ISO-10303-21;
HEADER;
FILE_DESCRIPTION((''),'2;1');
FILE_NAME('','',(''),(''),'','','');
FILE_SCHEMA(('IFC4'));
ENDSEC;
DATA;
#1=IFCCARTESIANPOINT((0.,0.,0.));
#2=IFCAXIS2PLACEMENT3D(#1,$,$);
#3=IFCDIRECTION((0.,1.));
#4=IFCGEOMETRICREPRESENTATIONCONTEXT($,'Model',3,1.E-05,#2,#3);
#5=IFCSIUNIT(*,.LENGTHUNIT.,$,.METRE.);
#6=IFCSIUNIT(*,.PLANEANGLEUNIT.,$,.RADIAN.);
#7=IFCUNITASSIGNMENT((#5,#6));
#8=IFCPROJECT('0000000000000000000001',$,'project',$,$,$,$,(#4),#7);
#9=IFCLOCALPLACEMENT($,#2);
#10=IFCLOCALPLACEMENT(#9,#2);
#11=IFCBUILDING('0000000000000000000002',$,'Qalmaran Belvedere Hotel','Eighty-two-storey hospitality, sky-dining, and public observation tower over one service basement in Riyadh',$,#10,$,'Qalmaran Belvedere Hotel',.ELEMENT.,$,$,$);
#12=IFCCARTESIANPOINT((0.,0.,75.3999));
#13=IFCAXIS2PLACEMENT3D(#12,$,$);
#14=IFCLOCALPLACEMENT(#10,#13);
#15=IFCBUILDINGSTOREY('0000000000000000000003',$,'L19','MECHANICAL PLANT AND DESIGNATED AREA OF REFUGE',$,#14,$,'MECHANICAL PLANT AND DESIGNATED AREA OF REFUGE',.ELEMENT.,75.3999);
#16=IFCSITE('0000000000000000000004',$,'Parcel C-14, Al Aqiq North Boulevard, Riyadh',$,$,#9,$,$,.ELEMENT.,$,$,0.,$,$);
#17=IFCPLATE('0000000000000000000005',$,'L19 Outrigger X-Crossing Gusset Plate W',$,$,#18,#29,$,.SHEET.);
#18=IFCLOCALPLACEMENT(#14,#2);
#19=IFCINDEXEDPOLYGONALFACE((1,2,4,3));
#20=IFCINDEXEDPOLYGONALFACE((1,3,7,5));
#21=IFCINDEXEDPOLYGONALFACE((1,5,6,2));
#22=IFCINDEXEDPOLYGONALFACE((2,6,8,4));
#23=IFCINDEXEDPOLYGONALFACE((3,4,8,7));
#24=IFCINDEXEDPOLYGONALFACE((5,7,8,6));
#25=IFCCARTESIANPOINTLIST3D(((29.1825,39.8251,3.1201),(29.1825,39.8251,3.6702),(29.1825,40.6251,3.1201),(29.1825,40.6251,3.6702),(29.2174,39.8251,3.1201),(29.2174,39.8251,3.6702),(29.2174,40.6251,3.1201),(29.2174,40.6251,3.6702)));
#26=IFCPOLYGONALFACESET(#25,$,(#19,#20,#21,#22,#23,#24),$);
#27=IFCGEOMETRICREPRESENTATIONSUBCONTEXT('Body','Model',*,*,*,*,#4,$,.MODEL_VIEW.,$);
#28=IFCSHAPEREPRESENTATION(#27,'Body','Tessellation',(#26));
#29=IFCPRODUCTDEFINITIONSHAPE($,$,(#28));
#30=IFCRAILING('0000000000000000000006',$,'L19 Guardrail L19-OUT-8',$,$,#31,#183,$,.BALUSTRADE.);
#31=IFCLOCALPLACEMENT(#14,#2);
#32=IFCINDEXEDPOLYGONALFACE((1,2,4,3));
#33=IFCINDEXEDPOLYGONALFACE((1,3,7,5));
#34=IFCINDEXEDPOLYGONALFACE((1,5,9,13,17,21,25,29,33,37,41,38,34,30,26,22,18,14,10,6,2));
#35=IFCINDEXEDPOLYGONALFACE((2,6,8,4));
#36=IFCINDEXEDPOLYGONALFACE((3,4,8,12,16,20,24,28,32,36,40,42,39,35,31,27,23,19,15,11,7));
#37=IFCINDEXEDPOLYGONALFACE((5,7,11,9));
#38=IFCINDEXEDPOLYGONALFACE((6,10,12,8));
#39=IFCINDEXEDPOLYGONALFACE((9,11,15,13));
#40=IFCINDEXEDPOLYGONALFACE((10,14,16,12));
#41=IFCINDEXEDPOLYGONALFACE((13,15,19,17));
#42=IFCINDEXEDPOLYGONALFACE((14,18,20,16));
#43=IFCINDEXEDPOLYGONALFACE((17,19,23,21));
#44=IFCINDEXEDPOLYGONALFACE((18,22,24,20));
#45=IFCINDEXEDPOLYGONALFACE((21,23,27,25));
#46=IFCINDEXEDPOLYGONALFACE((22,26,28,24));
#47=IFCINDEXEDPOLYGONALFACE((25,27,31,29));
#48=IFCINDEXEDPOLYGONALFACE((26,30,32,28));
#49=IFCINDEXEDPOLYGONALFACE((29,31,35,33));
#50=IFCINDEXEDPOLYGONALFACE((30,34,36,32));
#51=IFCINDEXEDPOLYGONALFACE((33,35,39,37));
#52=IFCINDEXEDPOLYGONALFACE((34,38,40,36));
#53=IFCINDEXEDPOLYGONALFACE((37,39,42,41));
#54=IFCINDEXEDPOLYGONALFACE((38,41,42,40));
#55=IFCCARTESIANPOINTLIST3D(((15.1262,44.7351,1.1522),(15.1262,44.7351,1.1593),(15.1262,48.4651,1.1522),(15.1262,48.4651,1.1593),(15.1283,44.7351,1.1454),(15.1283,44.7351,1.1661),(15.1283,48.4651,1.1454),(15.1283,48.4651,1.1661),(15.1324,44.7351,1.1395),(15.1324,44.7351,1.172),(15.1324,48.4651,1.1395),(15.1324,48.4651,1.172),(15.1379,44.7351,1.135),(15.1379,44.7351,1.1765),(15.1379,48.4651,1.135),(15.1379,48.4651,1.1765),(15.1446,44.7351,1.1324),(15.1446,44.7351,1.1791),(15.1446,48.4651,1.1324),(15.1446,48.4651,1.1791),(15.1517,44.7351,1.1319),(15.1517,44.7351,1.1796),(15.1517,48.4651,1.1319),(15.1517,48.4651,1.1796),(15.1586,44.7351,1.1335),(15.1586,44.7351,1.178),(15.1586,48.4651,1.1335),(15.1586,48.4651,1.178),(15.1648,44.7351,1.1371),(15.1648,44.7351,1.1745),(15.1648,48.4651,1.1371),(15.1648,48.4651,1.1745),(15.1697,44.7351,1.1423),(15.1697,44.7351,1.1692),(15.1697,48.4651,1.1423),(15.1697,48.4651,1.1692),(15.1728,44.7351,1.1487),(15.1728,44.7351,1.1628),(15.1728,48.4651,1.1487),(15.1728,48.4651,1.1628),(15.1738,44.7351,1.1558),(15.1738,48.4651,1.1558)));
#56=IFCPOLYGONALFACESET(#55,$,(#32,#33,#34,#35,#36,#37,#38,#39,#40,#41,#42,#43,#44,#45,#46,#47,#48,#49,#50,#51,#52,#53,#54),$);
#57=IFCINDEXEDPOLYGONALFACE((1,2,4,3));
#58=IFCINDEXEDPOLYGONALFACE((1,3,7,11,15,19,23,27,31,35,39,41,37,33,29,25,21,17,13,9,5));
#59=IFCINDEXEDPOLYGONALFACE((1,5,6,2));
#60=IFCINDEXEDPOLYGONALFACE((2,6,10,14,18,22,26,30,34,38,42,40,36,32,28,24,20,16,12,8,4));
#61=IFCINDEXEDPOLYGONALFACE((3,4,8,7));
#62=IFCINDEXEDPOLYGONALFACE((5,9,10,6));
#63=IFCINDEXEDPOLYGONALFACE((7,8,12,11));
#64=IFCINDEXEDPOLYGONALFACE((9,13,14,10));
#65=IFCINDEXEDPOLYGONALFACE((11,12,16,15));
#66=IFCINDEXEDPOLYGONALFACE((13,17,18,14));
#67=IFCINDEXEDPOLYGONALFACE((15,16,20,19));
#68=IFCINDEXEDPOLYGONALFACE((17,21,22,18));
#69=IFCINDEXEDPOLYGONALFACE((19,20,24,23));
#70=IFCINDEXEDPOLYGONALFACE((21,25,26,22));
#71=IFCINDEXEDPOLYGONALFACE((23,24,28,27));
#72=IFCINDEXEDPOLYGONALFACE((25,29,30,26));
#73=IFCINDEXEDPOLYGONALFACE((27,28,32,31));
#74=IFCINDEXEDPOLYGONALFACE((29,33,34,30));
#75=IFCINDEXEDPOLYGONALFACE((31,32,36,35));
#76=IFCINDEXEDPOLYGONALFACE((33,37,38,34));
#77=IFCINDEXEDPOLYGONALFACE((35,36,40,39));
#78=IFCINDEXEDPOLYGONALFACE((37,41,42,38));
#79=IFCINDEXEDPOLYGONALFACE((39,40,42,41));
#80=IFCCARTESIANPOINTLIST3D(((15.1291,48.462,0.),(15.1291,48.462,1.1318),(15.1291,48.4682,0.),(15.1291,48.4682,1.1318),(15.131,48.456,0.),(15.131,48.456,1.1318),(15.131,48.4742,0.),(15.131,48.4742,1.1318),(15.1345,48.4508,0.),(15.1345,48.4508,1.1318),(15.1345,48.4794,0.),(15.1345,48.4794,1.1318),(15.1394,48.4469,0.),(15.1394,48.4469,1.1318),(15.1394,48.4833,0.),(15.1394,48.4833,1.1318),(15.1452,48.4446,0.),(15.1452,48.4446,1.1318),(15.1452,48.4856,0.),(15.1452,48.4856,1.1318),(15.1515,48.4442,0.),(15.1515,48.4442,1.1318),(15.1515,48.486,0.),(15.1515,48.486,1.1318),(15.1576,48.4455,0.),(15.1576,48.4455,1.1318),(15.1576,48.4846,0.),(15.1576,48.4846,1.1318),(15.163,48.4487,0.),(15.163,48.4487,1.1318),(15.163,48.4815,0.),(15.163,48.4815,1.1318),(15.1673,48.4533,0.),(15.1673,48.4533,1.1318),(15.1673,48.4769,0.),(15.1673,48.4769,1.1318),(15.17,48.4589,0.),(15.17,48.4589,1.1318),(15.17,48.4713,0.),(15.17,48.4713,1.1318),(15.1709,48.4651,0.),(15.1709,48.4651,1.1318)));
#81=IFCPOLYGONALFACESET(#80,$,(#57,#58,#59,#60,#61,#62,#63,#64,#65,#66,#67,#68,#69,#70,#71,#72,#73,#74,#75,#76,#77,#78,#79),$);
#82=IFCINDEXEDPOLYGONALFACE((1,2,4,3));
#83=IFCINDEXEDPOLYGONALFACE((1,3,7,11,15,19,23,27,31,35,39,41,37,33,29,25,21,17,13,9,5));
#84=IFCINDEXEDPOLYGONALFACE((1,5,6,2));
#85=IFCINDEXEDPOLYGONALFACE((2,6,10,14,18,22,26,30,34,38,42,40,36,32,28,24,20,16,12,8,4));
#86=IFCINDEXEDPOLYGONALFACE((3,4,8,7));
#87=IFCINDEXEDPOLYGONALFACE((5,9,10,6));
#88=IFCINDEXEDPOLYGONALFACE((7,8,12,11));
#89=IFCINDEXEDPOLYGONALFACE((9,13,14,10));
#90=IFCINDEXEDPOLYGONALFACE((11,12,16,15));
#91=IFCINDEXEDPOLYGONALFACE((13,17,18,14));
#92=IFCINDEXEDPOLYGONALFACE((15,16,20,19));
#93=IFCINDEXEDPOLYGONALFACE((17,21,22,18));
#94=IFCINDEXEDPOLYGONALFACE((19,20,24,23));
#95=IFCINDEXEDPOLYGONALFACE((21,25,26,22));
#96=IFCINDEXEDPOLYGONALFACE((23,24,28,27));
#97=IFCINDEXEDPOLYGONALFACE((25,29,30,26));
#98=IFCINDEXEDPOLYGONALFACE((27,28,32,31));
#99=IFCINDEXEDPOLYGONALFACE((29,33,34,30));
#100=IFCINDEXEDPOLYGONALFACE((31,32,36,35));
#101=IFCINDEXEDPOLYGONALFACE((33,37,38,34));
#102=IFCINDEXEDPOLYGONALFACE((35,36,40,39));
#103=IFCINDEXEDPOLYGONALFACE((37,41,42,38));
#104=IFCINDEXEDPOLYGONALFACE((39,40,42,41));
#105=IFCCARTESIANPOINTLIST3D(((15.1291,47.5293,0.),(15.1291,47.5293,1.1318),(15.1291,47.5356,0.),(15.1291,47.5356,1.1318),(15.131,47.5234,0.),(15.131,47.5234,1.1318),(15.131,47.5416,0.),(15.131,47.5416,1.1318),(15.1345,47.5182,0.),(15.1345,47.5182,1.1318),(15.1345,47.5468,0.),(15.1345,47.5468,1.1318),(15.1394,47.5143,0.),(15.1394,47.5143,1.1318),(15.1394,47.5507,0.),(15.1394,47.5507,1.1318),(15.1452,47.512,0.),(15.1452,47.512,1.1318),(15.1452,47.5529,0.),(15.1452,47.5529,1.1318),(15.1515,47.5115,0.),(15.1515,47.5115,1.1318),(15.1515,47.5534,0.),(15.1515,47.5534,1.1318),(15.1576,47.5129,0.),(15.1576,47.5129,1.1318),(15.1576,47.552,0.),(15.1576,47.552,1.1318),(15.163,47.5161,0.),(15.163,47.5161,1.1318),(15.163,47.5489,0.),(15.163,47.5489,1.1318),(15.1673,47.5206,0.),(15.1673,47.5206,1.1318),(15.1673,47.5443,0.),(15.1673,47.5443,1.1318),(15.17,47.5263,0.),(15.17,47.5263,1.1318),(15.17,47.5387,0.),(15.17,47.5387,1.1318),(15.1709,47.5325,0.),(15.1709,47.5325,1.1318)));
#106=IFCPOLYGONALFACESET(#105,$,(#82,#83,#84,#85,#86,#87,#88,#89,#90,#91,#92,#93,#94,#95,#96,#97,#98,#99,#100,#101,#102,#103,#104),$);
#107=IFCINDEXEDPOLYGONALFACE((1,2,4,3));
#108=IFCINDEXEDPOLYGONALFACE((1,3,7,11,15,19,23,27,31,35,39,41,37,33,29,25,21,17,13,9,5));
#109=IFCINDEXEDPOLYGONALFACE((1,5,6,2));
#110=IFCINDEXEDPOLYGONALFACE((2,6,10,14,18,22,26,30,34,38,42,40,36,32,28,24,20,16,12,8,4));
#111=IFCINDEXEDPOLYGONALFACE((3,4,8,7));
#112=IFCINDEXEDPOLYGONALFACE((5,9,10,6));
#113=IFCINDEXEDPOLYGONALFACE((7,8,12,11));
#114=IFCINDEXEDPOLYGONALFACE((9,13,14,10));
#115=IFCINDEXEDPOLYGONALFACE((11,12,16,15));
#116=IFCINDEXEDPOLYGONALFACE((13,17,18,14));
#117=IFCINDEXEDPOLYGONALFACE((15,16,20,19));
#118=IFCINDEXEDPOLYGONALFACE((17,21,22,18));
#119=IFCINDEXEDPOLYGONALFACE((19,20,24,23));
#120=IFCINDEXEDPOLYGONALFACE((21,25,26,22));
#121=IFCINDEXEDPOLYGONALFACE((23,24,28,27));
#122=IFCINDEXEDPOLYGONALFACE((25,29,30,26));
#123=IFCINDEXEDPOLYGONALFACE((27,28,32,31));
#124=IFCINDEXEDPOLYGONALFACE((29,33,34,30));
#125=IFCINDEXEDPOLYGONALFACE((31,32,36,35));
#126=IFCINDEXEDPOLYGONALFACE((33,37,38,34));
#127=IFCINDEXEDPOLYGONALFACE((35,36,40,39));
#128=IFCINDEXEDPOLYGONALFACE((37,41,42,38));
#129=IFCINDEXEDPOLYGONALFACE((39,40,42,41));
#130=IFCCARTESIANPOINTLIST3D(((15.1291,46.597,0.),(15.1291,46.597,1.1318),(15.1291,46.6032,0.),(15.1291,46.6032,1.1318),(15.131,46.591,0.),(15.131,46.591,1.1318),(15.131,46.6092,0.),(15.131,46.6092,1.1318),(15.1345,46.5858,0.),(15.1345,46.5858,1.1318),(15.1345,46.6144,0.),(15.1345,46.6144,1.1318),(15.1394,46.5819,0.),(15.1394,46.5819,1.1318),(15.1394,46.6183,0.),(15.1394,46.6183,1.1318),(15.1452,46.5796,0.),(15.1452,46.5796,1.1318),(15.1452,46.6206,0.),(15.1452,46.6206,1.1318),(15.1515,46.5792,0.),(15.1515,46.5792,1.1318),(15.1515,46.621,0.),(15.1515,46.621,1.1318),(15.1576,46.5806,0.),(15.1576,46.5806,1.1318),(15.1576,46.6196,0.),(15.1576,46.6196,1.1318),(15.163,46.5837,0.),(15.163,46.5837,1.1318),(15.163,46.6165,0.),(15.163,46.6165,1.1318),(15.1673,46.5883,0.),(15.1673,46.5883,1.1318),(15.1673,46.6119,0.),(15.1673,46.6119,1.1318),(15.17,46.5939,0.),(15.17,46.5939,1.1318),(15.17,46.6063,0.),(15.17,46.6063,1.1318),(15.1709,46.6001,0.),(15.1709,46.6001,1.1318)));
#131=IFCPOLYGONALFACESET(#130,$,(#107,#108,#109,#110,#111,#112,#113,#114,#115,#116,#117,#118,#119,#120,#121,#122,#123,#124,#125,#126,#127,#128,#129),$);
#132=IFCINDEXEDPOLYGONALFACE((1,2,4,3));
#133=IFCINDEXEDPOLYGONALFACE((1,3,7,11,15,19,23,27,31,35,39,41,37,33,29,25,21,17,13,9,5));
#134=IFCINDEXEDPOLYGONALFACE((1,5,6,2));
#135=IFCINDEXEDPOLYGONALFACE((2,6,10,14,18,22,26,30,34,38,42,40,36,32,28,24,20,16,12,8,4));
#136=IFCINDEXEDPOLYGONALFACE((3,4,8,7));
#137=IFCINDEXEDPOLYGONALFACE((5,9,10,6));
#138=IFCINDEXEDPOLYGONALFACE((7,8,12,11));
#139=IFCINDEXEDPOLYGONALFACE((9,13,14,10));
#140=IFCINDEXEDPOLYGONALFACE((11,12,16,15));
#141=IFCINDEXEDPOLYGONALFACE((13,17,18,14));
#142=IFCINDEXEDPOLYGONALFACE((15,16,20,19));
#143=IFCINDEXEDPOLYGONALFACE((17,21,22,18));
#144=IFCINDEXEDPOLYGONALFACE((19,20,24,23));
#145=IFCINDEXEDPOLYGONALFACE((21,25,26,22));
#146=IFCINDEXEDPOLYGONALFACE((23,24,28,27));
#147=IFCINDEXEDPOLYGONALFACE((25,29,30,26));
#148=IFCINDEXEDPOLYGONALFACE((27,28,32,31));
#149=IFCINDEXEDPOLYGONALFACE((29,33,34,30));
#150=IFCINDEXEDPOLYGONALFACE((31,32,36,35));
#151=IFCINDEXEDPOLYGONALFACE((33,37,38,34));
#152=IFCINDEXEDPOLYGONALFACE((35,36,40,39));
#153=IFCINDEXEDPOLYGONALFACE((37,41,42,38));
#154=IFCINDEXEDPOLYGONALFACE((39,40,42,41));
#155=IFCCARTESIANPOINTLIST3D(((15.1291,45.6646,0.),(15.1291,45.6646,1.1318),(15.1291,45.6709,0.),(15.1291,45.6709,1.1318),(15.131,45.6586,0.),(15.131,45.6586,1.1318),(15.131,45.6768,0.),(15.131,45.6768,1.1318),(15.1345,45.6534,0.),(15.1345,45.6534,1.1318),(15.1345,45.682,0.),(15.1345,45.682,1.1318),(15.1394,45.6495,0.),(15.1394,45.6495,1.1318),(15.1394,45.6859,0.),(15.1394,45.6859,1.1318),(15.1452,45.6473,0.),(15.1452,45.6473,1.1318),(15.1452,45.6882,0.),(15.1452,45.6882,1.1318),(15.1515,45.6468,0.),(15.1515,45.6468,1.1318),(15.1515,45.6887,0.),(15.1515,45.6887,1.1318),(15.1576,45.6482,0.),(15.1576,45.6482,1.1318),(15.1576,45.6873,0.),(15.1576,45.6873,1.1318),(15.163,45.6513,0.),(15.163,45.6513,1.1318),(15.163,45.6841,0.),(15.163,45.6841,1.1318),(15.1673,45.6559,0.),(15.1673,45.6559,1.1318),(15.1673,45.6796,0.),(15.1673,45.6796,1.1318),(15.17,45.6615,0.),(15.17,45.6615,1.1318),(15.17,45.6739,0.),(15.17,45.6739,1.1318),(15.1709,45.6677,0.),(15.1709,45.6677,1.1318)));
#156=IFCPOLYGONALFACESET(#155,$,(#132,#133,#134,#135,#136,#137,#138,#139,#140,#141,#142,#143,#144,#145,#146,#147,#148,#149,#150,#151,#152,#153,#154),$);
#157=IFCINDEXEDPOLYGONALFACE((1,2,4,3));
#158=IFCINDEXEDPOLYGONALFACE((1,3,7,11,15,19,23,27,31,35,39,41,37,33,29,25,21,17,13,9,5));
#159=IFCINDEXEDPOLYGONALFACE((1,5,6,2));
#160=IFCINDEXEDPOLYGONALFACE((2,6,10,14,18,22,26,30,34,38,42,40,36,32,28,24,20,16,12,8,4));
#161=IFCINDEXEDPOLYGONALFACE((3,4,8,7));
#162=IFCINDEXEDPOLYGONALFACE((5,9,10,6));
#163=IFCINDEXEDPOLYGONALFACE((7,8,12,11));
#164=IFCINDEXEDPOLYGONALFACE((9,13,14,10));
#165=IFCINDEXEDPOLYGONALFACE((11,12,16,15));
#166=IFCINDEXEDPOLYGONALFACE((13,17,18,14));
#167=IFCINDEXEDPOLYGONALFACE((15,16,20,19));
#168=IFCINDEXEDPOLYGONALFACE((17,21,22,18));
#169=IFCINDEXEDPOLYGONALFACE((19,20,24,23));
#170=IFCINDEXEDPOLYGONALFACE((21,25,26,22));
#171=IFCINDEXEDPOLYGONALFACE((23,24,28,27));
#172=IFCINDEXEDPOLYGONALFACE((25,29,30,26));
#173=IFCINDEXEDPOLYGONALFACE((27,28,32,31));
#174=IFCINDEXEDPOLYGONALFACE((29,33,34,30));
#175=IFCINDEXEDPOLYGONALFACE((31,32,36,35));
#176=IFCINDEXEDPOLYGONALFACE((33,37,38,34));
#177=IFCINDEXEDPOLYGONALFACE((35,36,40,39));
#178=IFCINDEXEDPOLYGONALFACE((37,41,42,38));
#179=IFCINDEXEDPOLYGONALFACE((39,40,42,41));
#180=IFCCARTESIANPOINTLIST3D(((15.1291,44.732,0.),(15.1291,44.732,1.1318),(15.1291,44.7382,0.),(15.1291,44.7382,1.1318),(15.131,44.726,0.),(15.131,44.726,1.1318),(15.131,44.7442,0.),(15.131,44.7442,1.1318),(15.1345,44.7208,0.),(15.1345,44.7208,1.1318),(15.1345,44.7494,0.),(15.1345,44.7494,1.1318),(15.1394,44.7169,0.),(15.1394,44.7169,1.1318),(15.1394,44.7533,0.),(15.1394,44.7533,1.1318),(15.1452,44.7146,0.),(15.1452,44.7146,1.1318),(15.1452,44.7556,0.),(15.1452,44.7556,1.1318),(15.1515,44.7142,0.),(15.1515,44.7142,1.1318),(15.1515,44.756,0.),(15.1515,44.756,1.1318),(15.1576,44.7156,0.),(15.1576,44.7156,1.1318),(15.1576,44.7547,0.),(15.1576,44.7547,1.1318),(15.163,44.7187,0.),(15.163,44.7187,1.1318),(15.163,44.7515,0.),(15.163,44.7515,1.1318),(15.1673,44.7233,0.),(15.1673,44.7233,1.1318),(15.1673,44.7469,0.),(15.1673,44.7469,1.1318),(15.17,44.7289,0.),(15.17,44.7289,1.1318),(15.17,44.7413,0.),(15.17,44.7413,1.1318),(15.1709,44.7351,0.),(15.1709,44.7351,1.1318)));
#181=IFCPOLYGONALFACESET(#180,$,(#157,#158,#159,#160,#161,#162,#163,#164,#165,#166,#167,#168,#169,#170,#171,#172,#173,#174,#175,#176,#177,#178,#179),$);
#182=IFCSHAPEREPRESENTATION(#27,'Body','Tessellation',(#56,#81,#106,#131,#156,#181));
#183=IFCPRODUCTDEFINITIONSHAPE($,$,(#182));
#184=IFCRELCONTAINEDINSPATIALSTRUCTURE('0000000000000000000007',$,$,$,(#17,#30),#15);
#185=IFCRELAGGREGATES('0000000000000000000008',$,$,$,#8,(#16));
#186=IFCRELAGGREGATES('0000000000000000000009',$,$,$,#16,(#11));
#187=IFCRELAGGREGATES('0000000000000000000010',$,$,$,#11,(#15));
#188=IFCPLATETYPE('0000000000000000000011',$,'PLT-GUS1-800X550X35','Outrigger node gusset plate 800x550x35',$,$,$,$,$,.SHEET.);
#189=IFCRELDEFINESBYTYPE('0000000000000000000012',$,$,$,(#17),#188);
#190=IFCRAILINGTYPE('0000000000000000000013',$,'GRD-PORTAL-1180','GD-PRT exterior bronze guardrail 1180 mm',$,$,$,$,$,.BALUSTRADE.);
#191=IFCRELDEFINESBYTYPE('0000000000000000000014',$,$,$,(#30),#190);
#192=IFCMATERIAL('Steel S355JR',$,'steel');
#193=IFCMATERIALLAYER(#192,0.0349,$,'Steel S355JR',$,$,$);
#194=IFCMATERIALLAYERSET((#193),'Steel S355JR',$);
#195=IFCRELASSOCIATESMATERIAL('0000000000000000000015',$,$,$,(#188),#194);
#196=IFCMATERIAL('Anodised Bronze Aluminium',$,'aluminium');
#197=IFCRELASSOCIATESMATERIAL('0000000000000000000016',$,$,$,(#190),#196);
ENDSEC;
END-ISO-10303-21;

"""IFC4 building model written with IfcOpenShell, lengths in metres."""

from ifc_helpers import new_model, si_unit, direction, frame, origin, origin_2d, place, context, subcontext, project, spatial, rectangle, circle, extrude, material, layer, layer_set, type_object, element, save


model = new_model("IFC4")

# Units and contexts
model_context = context("Model", 3, precision=1e-05, world=origin(), true_north=direction((0.0, 1.0)))
body_context = subcontext(model_context, "Body", "Model", "MODEL_VIEW")
ifc_project = project(units=[si_unit("LENGTHUNIT", "METRE"), si_unit("PLANEANGLEUNIT", "RADIAN")], contexts=[model_context])

# Site, building, storey
site_placement = place(None, origin())
site = spatial("IfcSite", under=ifc_project, at=site_placement, Name="Parcel C-14, Al Aqiq North Boulevard, Riyadh", CompositionType="ELEMENT", RefElevation=0.0)
building_placement = place(site_placement, origin())
building = spatial("IfcBuilding", under=site, at=building_placement, Name="Qalmaran Belvedere Hotel", Description="Eighty-two-storey hospitality, sky-dining, and public observation tower over one service basement in Riyadh", LongName="Qalmaran Belvedere Hotel", CompositionType="ELEMENT")
storey_placement = place(building_placement, frame((0.0, 0.0, 75.3999)))
storey = spatial("IfcBuildingStorey", under=building, at=storey_placement, Name="L19", Description="MECHANICAL PLANT AND DESIGNATED AREA OF REFUGE", LongName="MECHANICAL PLANT AND DESIGNATED AREA OF REFUGE", CompositionType="ELEMENT", Elevation=75.3999)

# Shared definitions
ifc_material_1 = material(Name="Steel S355JR", Category="steel")

# Plate
ifc_layer_1 = layer(ifc_material_1, 0.0349, Name="Steel S355JR")
ifc_layer_set_1 = layer_set([ifc_layer_1], Name="Steel S355JR")
plate_type_1 = type_object("IfcPlateType", Name="PLT-GUS1-800X550X35", Description="Outrigger node gusset plate 800x550x35", PredefinedType="SHEET", material=ifc_layer_set_1)
for number, where, z_axis, x_axis, name in (
    (1, (29.2, 40.2251, 3.1201), (0.0, 0.0, 1.0), (0.0, 1.0, 0.0), "L19 Outrigger X-Crossing Gusset Plate W"),
):
    element("IfcPlate", number, at=place(storey_placement, frame(where, z_axis=z_axis, x_axis=x_axis)), inside=storey, type_object=plate_type_1, Name=name, PredefinedType="SHEET", context=body_context, shape_type="SweptSolid", body=[
        extrude(rectangle(XDim=0.8, YDim=0.0349, at=origin_2d()), origin(), (0.0, 0.0, 1.0), 0.55),
    ])

# Railing
ifc_material_2 = material(Name="Anodised Bronze Aluminium", Category="aluminium")
railing_type = type_object("IfcRailingType", Name="GRD-PORTAL-1180", Description="GD-PRT exterior bronze guardrail 1180 mm", PredefinedType="BALUSTRADE", material=ifc_material_2)
railing_1_placement = place(storey_placement, frame((15.1499, 48.4651, 0.0)))
element("IfcRailing", 2, at=railing_1_placement, inside=storey, type_object=railing_type, Name="L19 Guardrail L19-OUT-8", PredefinedType="BALUSTRADE", context=body_context, shape_type="SweptSolid", body=[
    extrude(circle(Radius=0.0239, at=origin_2d()), frame((0.0, 0.0, 1.1558), z_axis=(0.0, -1.0, 0.0), x_axis=(1.0, 0.0, 0.0)), (0.0, 0.0, 1.0), 3.73),
    extrude(circle(Radius=0.021, at=origin_2d()), origin(), (0.0, 0.0, 1.0), 1.1318),
    extrude(circle(Radius=0.021, at=origin_2d()), frame((0.0, -0.9326, 0.0)), (0.0, 0.0, 1.0), 1.1318),
    extrude(circle(Radius=0.021, at=origin_2d()), frame((0.0, -1.865, 0.0)), (0.0, 0.0, 1.0), 1.1318),
    extrude(circle(Radius=0.021, at=origin_2d()), frame((0.0, -2.7974, 0.0)), (0.0, 0.0, 1.0), 1.1318),
    extrude(circle(Radius=0.021, at=origin_2d()), frame((0.0, -3.73, 0.0)), (0.0, 0.0, 1.0), 1.1318),
])

save(model, "model.ifc")
